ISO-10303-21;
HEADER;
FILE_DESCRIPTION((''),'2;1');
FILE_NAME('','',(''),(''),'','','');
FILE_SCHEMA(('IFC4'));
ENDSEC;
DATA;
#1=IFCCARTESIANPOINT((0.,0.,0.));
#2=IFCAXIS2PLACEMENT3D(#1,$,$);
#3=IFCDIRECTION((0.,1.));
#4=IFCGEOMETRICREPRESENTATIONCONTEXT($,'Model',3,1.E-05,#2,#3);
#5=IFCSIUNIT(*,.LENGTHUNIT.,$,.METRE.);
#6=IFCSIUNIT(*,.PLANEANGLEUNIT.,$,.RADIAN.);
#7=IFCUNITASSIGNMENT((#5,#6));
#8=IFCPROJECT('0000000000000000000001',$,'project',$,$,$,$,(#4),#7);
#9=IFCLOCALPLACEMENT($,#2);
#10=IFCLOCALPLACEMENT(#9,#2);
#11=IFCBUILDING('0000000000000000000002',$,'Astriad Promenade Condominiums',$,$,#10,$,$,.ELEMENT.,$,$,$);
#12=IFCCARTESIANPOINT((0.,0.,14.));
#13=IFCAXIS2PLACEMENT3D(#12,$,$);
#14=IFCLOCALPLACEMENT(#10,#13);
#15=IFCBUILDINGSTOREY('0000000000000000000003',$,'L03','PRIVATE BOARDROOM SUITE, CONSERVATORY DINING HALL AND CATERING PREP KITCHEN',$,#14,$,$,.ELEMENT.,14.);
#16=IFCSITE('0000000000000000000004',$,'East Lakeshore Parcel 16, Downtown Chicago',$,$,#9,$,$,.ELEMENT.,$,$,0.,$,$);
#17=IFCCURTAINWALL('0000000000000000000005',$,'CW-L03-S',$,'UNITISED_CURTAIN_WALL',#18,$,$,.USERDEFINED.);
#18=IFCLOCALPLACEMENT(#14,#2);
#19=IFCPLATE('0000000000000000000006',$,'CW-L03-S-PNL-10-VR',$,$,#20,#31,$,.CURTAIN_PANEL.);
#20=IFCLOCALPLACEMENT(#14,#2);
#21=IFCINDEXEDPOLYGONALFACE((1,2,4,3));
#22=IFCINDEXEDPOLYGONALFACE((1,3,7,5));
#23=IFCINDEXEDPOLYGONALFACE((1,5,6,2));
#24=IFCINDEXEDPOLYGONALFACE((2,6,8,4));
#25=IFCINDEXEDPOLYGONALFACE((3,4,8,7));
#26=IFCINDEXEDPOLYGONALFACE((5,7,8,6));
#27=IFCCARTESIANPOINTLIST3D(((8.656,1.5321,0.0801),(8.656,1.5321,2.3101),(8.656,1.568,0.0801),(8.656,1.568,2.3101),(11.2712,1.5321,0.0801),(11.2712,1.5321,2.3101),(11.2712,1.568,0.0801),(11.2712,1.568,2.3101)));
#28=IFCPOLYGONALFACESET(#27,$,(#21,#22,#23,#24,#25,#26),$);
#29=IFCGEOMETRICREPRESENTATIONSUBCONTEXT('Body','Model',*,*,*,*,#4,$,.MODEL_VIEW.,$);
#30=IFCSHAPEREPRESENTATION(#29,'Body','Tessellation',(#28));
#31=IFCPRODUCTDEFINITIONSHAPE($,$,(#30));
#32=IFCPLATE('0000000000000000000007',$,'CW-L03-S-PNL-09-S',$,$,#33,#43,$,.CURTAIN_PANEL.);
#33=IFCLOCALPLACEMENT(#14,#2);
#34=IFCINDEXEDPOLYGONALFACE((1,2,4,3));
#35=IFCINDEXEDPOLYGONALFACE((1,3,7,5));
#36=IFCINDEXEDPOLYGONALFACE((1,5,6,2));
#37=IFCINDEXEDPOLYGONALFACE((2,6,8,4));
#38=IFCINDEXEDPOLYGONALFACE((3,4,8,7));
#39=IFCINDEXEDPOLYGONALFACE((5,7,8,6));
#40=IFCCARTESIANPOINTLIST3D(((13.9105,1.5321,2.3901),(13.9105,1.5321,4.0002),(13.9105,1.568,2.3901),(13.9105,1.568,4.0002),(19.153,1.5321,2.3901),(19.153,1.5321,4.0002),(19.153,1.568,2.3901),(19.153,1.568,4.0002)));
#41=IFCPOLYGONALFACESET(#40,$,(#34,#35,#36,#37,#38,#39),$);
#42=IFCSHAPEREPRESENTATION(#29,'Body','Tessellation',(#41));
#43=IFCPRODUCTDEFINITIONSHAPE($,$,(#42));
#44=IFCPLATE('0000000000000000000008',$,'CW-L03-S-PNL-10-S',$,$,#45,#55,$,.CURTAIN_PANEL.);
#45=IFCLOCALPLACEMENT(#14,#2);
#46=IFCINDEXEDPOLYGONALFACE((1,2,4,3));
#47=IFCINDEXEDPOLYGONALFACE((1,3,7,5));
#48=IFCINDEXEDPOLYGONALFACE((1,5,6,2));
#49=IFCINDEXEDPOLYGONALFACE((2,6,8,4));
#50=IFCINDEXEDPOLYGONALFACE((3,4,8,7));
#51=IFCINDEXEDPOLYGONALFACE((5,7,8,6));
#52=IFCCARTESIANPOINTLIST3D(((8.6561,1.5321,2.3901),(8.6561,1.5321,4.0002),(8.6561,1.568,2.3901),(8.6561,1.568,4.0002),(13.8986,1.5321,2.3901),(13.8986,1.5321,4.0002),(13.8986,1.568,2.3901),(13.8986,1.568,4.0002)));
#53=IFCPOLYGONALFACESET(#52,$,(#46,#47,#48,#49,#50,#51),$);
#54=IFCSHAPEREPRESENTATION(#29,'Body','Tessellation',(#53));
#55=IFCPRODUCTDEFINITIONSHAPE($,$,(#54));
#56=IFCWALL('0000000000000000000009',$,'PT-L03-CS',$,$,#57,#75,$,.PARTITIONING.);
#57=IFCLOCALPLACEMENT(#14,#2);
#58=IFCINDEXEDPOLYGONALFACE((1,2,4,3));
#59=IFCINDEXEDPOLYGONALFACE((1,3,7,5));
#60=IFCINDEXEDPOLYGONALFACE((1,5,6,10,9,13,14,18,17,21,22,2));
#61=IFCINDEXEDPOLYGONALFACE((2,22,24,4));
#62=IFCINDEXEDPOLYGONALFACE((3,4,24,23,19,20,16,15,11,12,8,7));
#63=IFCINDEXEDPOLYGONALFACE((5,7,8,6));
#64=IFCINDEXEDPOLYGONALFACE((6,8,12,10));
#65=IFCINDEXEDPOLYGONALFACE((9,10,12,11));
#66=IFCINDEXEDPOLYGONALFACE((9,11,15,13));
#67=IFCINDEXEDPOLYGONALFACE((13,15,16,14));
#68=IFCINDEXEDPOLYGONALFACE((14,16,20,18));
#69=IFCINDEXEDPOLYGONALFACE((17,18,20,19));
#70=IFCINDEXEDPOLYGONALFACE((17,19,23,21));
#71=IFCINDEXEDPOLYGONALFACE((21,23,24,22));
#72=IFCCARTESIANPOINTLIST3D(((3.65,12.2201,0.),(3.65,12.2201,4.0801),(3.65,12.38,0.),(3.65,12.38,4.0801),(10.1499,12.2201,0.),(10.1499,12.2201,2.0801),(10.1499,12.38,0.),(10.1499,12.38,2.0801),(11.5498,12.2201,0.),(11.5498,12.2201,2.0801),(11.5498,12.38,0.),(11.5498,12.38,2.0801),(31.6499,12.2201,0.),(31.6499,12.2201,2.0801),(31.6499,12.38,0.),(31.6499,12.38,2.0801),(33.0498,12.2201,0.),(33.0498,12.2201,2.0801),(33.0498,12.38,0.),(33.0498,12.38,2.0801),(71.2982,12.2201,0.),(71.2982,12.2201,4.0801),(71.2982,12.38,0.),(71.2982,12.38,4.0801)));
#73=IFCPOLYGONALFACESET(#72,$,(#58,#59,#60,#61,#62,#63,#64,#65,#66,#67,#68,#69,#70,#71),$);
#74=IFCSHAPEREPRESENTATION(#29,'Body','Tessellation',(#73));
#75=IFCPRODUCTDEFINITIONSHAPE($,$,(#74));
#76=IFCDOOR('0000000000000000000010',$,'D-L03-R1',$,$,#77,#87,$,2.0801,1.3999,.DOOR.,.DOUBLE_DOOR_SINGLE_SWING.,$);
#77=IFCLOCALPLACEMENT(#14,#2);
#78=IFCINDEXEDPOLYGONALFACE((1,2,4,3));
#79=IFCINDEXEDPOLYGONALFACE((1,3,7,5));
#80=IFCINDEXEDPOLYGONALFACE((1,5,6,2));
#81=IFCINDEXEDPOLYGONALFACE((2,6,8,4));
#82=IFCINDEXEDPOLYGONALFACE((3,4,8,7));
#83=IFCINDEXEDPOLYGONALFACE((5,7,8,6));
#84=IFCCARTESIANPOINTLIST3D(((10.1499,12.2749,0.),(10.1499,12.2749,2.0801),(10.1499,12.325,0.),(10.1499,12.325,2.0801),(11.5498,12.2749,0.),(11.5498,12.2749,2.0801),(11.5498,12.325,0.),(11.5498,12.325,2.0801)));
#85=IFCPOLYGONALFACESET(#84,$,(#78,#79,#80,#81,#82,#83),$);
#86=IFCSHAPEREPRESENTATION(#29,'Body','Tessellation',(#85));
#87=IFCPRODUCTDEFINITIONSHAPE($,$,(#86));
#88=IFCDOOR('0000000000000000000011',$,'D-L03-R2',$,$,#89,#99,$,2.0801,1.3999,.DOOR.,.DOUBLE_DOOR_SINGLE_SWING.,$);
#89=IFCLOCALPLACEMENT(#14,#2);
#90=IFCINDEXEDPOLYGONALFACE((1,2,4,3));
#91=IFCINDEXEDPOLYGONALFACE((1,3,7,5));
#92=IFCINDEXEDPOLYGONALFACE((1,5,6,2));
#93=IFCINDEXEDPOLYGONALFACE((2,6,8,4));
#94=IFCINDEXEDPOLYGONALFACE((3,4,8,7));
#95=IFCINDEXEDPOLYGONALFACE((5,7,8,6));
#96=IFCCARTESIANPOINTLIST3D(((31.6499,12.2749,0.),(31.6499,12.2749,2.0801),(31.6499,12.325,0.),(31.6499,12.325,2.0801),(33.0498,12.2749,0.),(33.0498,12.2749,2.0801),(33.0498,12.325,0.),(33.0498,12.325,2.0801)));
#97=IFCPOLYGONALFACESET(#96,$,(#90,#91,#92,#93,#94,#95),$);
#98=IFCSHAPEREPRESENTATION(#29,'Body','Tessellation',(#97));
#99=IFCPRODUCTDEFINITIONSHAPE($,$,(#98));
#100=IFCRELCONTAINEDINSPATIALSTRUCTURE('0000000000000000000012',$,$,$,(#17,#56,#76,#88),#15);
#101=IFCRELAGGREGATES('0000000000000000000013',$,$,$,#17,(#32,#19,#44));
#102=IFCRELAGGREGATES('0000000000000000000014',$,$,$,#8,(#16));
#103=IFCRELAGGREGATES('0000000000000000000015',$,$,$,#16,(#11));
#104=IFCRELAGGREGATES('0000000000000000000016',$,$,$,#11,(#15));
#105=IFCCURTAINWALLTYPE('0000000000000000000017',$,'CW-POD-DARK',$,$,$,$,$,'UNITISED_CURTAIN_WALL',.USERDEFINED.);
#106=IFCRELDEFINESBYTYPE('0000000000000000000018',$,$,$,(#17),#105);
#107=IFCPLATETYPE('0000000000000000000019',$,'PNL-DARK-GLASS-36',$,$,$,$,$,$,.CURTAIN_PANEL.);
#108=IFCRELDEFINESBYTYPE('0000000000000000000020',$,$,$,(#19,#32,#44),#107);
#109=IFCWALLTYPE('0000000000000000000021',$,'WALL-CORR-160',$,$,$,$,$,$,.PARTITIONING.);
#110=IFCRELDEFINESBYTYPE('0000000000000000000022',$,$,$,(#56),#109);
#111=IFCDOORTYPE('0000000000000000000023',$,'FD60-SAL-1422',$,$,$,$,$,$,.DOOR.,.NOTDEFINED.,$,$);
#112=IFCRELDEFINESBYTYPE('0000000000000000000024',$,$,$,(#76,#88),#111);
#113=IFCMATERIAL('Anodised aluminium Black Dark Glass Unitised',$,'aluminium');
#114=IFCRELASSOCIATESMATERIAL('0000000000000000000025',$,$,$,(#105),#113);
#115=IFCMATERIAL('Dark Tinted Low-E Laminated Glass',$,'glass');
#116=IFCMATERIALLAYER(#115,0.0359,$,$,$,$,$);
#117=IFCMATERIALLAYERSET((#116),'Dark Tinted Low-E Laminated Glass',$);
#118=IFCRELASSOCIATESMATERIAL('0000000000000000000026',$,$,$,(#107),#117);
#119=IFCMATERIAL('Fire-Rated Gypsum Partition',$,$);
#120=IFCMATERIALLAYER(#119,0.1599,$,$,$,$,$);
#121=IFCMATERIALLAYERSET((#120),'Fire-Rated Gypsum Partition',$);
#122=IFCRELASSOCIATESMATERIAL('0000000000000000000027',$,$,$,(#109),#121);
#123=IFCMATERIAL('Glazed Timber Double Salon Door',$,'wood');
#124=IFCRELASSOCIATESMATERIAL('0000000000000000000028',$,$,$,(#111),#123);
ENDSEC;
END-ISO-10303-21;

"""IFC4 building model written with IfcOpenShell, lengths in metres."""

from ifc_helpers import new_model, si_unit, direction, frame, frame_2d, origin, origin_2d, place, context, subcontext, project, spatial, rectangle, extrude, source, transform, mapped, material, layer, layer_set, type_object, type_shapes, element, fill, aggregate, save


model = new_model("IFC4")

# Units and contexts
model_context = context("Model", 3, precision=1e-05, world=origin(), true_north=direction((0.0, 1.0)))
body_context = subcontext(model_context, "Body", "Model", "MODEL_VIEW")
ifc_project = project(units=[si_unit("LENGTHUNIT", "METRE"), si_unit("PLANEANGLEUNIT", "RADIAN")], contexts=[model_context])

# Site, building, storey
site_placement = place(None, origin())
site = spatial("IfcSite", under=ifc_project, at=site_placement, Name="East Lakeshore Parcel 16, Downtown Chicago", CompositionType="ELEMENT", RefElevation=0.0)
building_placement = place(site_placement, origin())
building = spatial("IfcBuilding", under=site, at=building_placement, Name="Astriad Promenade Condominiums", CompositionType="ELEMENT")
storey_placement = place(building_placement, frame((0.0, 0.0, 14.0)))
storey = spatial("IfcBuildingStorey", under=building, at=storey_placement, Name="L03", Description="PRIVATE BOARDROOM SUITE, CONSERVATORY DINING HALL AND CATERING PREP KITCHEN", CompositionType="ELEMENT", Elevation=14.0)

# Curtain wall
ifc_material_1 = material(Name="Anodised aluminium Black Dark Glass Unitised", Category="aluminium")
curtain_wall_type = type_object("IfcCurtainWallType", Name="CW-POD-DARK", ElementType="UNITISED_CURTAIN_WALL", PredefinedType="USERDEFINED", material=ifc_material_1)
curtain_wall_1_placement = place(storey_placement, origin())
curtain_wall_1 = element("IfcCurtainWall", 1, at=curtain_wall_1_placement, inside=storey, type_object=curtain_wall_type, Name="CW-L03-S", ObjectType="UNITISED_CURTAIN_WALL", PredefinedType="USERDEFINED")

# Shared definitions
ifc_material_2 = material(Name="Dark Tinted Low-E Laminated Glass", Category="glass")
ifc_layer_1 = layer(ifc_material_2, 0.0359)
ifc_layer_set_1 = layer_set([ifc_layer_1], Name="Dark Tinted Low-E Laminated Glass")
plate_type_1 = type_object("IfcPlateType", Name="PNL-DARK-GLASS-36", PredefinedType="CURTAIN_PANEL", material=ifc_layer_set_1)

# Plates
shared_shape_1 = source(origin(), body_context, "Body", "SweptSolid", [
    extrude(rectangle(XDim=2.6152, YDim=0.0359, at=origin_2d()), origin(), (0.0, 0.0, 1.0), 2.23),
])
plate_1_placement = place(storey_placement, frame((9.9636, 1.55, 0.0801), z_axis=(0.0, 0.0, 1.0), x_axis=(-1.0, 0.0, 0.0)))
plate_1 = element("IfcPlate", 2, at=plate_1_placement, type_object=plate_type_1, Name="CW-L03-S-PNL-10-VR", PredefinedType="CURTAIN_PANEL", context=body_context, shape_type="MappedRepresentation", body=[
    mapped(shared_shape_1, transform((0.0, 0.0, 0.0), scale=1.0)),
])
shared_shape_2 = source(origin(), body_context, "Body", "SweptSolid", [
    extrude(rectangle(XDim=5.2424, YDim=0.0359, at=origin_2d()), origin(), (0.0, 0.0, 1.0), 1.6101),
])
plate_2_placement = place(storey_placement, frame((16.5317, 1.55, 2.3901), z_axis=(0.0, 0.0, 1.0), x_axis=(-1.0, 0.0, 0.0)))
plate_2 = element("IfcPlate", 3, at=plate_2_placement, type_object=plate_type_1, Name="CW-L03-S-PNL-09-S", PredefinedType="CURTAIN_PANEL", context=body_context, shape_type="MappedRepresentation", body=[
    mapped(shared_shape_2, transform((0.0, 0.0, 0.0), scale=1.0)),
])
plate_3_placement = place(storey_placement, frame((11.2773, 1.55, 2.3901), z_axis=(0.0, 0.0, 1.0), x_axis=(-1.0, 0.0, 0.0)))
plate_3 = element("IfcPlate", 4, at=plate_3_placement, type_object=plate_type_1, Name="CW-L03-S-PNL-10-S", PredefinedType="CURTAIN_PANEL", context=body_context, shape_type="MappedRepresentation", body=[
    mapped(shared_shape_2, transform((0.0, 0.0, 0.0), scale=1.0)),
])
aggregate(curtain_wall_1, [plate_2, plate_1, plate_3])

# Wall, openings, doors
ifc_material_3 = material(Name="Fire-Rated Gypsum Partition")
ifc_layer_2 = layer(ifc_material_3, 0.1599)
ifc_layer_set_2 = layer_set([ifc_layer_2], Name="Fire-Rated Gypsum Partition")
wall_type_1 = type_object("IfcWallType", Name="WALL-CORR-160", PredefinedType="PARTITIONING", material=ifc_layer_set_2)
wall_1_placement = place(storey_placement, frame((3.6499, 12.3, 0.0), z_axis=(0.0, 0.0, 1.0), x_axis=(1.0, 0.0, 0.0)))
wall_1 = element("IfcWall", 5, at=wall_1_placement, inside=storey, type_object=wall_type_1, Name="PT-L03-CS", PredefinedType="PARTITIONING", context=body_context, shape_type="SweptSolid", body=[
    extrude(rectangle(XDim=67.6482, YDim=0.1599, at=frame_2d((33.8242, 0.0))), origin(), (0.0, 0.0, 1.0), 4.0801),
])
opening_1_placement = place(wall_1_placement, frame((6.5, 0.0, 0.0)))
opening_1 = element("IfcOpeningElement", 6, at=opening_1_placement, cuts=wall_1, PredefinedType="OPENING", context=body_context, shape_type="SweptSolid", body=[
    extrude(rectangle(XDim=1.3999, YDim=2.0801, at=frame_2d((0.7, 1.04))), frame((0.0, 0.0898, 0.0), z_axis=(0.0, -1.0, 0.0), x_axis=(1.0, 0.0, 0.0)), (0.0, 0.0, 1.0), 0.1799),
])
opening_2_placement = place(wall_1_placement, frame((28.0, 0.0, 0.0)))
opening_2 = element("IfcOpeningElement", 7, at=opening_2_placement, cuts=wall_1, PredefinedType="OPENING", context=body_context, shape_type="SweptSolid", body=[
    extrude(rectangle(XDim=1.3999, YDim=2.0801, at=frame_2d((0.7, 1.04))), frame((0.0, 0.0898, 0.0), z_axis=(0.0, -1.0, 0.0), x_axis=(1.0, 0.0, 0.0)), (0.0, 0.0, 1.0), 0.1799),
])
ifc_material_4 = material(Name="Glazed Timber Double Salon Door", Category="wood")
door_type_1 = type_object("IfcDoorType", Name="FD60-SAL-1422", OperationType="NOTDEFINED", PredefinedType="DOOR", material=ifc_material_4)
shared_shape_3 = source(origin(), body_context, "Body", "SweptSolid", [
    extrude(rectangle(XDim=1.3999, YDim=2.0801, at=frame_2d((0.7, 1.04))), frame((0.0, 0.0249, 0.0), z_axis=(0.0, -1.0, 0.0), x_axis=(1.0, 0.0, 0.0)), (0.0, 0.0, 1.0), 0.05),
])
type_shapes(door_type_1, [shared_shape_3])
door_1_placement = place(opening_1_placement, origin())
door_1 = element("IfcDoor", 8, at=door_1_placement, inside=storey, type_object=door_type_1, Name="D-L03-R1", OperationType="DOUBLE_DOOR_SINGLE_SWING", OverallHeight=2.0801, OverallWidth=1.3999, PredefinedType="DOOR", context=body_context, shape_type="MappedRepresentation", body=[
    mapped(shared_shape_3, transform((0.0, 0.0, 0.0), scale=1.0)),
])
fill(opening_1, door_1)
door_2_placement = place(opening_2_placement, origin())
door_2 = element("IfcDoor", 9, at=door_2_placement, inside=storey, type_object=door_type_1, Name="D-L03-R2", OperationType="DOUBLE_DOOR_SINGLE_SWING", OverallHeight=2.0801, OverallWidth=1.3999, PredefinedType="DOOR", context=body_context, shape_type="MappedRepresentation", body=[
    mapped(shared_shape_3, transform((0.0, 0.0, 0.0), scale=1.0)),
])
fill(opening_2, door_2)

save(model, "model.ifc")
